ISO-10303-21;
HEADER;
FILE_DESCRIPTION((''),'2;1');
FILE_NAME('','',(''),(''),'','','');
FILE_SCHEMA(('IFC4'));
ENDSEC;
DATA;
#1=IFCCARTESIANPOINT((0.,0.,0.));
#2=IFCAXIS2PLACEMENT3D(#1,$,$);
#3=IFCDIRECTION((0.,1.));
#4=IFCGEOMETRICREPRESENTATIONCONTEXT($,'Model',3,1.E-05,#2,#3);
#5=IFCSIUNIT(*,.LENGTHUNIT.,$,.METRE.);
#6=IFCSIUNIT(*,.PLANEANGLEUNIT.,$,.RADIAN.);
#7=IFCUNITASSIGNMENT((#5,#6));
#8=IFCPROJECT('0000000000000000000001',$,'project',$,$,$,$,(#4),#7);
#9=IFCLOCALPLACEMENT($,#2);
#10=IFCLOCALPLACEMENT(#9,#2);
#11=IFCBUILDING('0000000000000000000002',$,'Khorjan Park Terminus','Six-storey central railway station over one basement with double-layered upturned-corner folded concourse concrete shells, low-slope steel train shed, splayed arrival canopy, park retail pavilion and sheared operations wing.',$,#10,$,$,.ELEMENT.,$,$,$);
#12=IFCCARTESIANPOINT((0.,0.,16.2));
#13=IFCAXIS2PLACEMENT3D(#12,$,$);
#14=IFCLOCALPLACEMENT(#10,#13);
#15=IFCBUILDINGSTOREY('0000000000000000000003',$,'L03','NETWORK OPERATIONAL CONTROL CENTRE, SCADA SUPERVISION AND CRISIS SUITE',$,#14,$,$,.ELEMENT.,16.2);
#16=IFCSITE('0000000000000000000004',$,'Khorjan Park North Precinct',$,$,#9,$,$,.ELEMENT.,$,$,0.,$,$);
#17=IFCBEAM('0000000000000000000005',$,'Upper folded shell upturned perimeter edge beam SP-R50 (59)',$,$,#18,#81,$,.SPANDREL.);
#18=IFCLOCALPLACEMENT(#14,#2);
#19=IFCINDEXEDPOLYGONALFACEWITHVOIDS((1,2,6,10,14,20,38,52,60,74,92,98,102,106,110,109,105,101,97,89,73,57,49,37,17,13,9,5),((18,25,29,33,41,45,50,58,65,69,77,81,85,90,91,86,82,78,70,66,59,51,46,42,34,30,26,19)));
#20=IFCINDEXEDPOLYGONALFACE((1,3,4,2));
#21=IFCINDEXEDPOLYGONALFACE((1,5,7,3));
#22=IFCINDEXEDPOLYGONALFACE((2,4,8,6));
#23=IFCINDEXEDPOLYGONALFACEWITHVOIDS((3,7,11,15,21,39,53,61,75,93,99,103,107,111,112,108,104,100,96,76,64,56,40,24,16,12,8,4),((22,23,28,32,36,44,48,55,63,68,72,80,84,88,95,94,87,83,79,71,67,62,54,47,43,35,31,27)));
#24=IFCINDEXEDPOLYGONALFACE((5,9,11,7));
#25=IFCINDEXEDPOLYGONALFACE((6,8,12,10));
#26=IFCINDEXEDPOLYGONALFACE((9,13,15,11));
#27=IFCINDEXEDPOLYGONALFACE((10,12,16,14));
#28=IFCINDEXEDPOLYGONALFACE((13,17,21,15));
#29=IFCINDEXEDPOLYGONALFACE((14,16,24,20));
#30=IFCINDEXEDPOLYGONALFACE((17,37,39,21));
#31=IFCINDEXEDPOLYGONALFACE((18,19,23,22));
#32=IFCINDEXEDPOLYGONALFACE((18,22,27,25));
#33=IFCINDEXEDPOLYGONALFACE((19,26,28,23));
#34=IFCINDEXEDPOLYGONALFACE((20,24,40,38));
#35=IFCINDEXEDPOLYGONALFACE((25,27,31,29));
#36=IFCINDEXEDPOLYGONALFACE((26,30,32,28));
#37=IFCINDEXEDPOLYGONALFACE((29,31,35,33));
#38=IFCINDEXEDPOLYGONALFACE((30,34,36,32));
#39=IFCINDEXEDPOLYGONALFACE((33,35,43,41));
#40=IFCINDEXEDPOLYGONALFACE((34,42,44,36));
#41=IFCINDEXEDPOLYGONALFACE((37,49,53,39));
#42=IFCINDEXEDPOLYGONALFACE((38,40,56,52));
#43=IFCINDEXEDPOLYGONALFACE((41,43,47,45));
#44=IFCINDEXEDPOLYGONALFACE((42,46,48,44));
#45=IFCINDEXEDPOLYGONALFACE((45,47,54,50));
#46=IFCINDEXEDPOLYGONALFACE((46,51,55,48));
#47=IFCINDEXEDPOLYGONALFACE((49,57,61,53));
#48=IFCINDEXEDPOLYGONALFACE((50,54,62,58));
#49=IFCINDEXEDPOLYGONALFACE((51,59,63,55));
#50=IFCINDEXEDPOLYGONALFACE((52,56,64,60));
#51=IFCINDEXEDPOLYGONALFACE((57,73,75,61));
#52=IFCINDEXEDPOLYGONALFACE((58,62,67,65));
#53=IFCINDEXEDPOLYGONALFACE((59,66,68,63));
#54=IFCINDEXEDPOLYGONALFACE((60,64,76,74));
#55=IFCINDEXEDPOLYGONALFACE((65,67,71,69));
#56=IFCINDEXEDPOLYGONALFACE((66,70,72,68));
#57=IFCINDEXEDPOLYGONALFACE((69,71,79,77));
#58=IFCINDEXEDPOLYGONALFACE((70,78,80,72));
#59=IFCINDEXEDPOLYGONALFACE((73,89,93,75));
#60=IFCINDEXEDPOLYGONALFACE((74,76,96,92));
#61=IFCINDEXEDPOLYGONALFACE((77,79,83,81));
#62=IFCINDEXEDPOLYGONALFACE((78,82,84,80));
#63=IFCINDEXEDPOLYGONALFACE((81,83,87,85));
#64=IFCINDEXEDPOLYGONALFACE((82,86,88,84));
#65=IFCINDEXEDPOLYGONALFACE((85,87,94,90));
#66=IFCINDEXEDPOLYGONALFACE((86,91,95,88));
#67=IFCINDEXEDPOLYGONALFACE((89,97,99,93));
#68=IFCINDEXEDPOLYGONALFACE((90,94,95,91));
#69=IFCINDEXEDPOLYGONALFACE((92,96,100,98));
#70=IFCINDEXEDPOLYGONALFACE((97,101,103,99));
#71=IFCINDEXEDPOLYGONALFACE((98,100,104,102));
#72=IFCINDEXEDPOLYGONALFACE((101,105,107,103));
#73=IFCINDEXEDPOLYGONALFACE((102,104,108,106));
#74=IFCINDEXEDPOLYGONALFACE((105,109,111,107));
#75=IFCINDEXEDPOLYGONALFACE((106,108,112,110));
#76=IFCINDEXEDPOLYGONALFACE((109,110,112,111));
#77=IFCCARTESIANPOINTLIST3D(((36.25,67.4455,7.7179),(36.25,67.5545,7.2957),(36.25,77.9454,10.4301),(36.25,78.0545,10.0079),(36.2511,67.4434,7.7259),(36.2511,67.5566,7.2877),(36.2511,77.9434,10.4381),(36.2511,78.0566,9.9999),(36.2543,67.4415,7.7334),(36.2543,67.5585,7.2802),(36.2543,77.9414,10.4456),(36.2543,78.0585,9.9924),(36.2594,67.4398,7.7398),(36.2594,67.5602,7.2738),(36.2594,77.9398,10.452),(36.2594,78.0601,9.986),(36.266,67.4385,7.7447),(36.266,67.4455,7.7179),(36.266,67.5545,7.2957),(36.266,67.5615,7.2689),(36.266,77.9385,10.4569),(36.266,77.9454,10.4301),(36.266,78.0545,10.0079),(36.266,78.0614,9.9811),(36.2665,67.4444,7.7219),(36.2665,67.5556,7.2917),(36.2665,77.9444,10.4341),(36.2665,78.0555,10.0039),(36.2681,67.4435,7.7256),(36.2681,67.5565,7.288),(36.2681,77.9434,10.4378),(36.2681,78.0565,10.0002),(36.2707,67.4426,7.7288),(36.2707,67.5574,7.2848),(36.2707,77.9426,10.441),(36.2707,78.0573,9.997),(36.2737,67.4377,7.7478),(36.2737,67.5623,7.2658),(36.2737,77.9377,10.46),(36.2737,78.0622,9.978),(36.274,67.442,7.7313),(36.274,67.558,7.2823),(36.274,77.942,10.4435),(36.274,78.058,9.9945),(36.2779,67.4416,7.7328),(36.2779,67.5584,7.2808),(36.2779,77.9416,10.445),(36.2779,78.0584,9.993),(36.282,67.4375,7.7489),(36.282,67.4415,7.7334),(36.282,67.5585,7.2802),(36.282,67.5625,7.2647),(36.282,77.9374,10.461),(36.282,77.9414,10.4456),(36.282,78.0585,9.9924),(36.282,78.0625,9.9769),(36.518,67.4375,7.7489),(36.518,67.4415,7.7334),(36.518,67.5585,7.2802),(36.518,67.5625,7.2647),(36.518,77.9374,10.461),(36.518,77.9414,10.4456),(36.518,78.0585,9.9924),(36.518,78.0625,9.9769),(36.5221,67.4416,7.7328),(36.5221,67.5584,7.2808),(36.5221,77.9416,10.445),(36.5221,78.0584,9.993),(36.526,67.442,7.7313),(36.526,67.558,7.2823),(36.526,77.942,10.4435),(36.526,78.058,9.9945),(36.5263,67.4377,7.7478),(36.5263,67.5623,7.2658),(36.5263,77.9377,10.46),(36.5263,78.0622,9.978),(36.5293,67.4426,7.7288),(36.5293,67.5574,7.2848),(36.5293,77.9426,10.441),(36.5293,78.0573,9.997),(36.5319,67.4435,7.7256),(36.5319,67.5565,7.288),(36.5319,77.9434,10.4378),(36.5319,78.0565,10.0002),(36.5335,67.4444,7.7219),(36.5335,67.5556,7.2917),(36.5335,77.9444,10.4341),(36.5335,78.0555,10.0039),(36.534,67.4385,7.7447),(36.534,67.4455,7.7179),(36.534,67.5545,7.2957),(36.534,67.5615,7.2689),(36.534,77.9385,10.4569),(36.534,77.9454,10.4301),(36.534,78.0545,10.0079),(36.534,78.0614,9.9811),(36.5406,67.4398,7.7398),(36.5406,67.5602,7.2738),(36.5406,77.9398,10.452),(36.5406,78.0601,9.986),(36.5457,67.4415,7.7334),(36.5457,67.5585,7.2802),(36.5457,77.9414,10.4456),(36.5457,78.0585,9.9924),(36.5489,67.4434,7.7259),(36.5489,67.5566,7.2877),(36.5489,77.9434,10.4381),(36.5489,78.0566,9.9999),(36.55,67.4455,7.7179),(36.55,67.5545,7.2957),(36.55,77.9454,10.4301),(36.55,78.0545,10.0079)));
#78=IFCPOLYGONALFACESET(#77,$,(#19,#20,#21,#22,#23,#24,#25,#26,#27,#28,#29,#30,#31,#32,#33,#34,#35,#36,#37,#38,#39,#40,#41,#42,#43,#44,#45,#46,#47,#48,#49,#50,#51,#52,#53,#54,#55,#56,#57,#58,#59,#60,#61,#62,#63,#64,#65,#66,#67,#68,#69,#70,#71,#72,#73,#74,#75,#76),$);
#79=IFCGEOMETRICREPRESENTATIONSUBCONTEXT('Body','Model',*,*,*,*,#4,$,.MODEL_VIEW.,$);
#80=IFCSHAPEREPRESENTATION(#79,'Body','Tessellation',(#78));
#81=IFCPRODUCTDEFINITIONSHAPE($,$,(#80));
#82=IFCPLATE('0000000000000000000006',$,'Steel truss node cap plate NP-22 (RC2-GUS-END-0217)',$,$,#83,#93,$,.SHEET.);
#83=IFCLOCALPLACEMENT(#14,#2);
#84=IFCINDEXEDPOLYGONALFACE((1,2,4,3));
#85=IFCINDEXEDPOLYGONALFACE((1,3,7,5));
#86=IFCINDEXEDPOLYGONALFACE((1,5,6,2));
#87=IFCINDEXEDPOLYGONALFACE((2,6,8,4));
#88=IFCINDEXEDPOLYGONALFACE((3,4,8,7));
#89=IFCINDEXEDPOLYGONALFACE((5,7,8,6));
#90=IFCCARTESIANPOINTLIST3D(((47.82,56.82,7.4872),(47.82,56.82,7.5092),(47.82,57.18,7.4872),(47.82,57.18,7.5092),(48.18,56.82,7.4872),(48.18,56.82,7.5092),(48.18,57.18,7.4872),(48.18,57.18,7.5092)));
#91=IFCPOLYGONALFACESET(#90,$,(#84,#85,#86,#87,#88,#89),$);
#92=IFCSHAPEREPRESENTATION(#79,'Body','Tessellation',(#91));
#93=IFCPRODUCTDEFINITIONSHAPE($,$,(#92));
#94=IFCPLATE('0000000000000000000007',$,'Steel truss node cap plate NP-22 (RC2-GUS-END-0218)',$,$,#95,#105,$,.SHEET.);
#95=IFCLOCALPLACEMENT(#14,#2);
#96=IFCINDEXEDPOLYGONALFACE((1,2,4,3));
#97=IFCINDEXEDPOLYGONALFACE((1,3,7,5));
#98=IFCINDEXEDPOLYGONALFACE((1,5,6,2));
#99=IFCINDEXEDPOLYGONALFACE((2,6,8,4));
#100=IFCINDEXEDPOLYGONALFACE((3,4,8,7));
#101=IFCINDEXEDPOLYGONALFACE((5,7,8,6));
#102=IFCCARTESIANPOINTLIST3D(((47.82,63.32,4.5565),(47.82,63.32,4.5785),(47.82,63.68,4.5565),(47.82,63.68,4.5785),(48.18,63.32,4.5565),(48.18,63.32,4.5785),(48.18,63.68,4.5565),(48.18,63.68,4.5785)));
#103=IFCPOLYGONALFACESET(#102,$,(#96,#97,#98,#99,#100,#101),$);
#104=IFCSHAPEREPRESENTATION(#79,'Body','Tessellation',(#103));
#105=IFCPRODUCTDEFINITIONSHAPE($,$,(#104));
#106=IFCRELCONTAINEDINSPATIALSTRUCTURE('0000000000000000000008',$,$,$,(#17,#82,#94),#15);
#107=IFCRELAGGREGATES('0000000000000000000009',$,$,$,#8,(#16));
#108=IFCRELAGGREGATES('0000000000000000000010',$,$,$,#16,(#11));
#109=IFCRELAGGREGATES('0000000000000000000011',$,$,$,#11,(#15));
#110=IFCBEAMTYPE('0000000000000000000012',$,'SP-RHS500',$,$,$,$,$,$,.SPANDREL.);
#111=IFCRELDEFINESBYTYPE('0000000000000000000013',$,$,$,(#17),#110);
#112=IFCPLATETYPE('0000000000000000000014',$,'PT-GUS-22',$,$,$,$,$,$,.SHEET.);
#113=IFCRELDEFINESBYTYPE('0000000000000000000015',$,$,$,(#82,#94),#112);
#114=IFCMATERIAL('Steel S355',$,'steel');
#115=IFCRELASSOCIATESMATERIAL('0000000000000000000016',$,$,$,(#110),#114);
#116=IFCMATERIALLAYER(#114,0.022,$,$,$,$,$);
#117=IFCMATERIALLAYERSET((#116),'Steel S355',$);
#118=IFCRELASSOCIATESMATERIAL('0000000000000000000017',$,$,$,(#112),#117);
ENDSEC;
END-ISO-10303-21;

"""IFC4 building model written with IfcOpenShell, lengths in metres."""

from ifc_helpers import new_model, si_unit, direction, frame, origin, origin_2d, place, context, subcontext, project, spatial, rectangle, hollow_rectangle, extrude, material, layer, layer_set, material_profile, profile_set, type_object, element, save


model = new_model("IFC4")

# Units and contexts
model_context = context("Model", 3, precision=1e-05, world=origin(), true_north=direction((0.0, 1.0)))
body_context = subcontext(model_context, "Body", "Model", "MODEL_VIEW")
ifc_project = project(units=[si_unit("LENGTHUNIT", "METRE"), si_unit("PLANEANGLEUNIT", "RADIAN")], contexts=[model_context])

# Site, building, storey
site_placement = place(None, origin())
site = spatial("IfcSite", under=ifc_project, at=site_placement, Name="Khorjan Park North Precinct", CompositionType="ELEMENT", RefElevation=0.0)
building_placement = place(site_placement, origin())
building = spatial("IfcBuilding", under=site, at=building_placement, Name="Khorjan Park Terminus", Description="Six-storey central railway station over one basement with double-layered upturned-corner folded concourse concrete shells, low-slope steel train shed, splayed arrival canopy, park retail pavilion and sheared operations wing.", CompositionType="ELEMENT")
storey_placement = place(building_placement, frame((0.0, 0.0, 16.2)))
storey = spatial("IfcBuildingStorey", under=building, at=storey_placement, Name="L03", Description="NETWORK OPERATIONAL CONTROL CENTRE, SCADA SUPERVISION AND CRISIS SUITE", CompositionType="ELEMENT", Elevation=16.2)

# Shared definitions
ifc_material_1 = material(Name="Steel S355", Category="steel")

# Beam
ifc_material_profile_1 = material_profile(ifc_material_1, hollow_rectangle(XDim=0.3, YDim=0.5, WallThickness=0.016, InnerFilletRadius=0.016, OuterFilletRadius=0.032, at=origin_2d()), Name="RHS 500x300x16")
ifc_profile_set_1 = profile_set([ifc_material_profile_1], Name="Steel S355")
beam_type_1 = type_object("IfcBeamType", Name="SP-RHS500", PredefinedType="SPANDREL", material=ifc_profile_set_1)
beam_1_placement = place(storey_placement, frame((36.4, 67.5, 7.5068), z_axis=(0.0, 0.968221, 0.250096), x_axis=(-1.0, 0.0, 0.0)))
element("IfcBeam", 1, at=beam_1_placement, inside=storey, type_object=beam_type_1, Name="Upper folded shell upturned perimeter edge beam SP-R50 (59)", PredefinedType="SPANDREL", context=body_context, shape_type="SweptSolid", body=[
    extrude(hollow_rectangle(XDim=0.3, YDim=0.5, WallThickness=0.016, InnerFilletRadius=0.016, OuterFilletRadius=0.032, at=origin_2d()), origin(), (0.0, 0.0, 1.0), 10.8446),
])

# Plates
ifc_layer = layer(ifc_material_1, 0.022)
ifc_layer_set = layer_set([ifc_layer], Name="Steel S355")
plate_type = type_object("IfcPlateType", Name="PT-GUS-22", PredefinedType="SHEET", material=ifc_layer_set)
for number, where, z_axis, x_axis, name in (
    (2, (48.0, 57.0, 7.4872), (0.0, 0.0, 1.0), (1.0, 0.0, 0.0), "Steel truss node cap plate NP-22 (RC2-GUS-END-0217)"),
    (3, (48.0, 63.5, 4.5565), (0.0, 0.0, 1.0), (1.0, 0.0, 0.0), "Steel truss node cap plate NP-22 (RC2-GUS-END-0218)"),
):
    element("IfcPlate", number, at=place(storey_placement, frame(where, z_axis=z_axis, x_axis=x_axis)), inside=storey, type_object=plate_type, Name=name, PredefinedType="SHEET", context=body_context, shape_type="SweptSolid", body=[
        extrude(rectangle(XDim=0.36, YDim=0.36, at=origin_2d()), origin(), (0.0, 0.0, 1.0), 0.022),
    ])

save(model, "model.ifc")
